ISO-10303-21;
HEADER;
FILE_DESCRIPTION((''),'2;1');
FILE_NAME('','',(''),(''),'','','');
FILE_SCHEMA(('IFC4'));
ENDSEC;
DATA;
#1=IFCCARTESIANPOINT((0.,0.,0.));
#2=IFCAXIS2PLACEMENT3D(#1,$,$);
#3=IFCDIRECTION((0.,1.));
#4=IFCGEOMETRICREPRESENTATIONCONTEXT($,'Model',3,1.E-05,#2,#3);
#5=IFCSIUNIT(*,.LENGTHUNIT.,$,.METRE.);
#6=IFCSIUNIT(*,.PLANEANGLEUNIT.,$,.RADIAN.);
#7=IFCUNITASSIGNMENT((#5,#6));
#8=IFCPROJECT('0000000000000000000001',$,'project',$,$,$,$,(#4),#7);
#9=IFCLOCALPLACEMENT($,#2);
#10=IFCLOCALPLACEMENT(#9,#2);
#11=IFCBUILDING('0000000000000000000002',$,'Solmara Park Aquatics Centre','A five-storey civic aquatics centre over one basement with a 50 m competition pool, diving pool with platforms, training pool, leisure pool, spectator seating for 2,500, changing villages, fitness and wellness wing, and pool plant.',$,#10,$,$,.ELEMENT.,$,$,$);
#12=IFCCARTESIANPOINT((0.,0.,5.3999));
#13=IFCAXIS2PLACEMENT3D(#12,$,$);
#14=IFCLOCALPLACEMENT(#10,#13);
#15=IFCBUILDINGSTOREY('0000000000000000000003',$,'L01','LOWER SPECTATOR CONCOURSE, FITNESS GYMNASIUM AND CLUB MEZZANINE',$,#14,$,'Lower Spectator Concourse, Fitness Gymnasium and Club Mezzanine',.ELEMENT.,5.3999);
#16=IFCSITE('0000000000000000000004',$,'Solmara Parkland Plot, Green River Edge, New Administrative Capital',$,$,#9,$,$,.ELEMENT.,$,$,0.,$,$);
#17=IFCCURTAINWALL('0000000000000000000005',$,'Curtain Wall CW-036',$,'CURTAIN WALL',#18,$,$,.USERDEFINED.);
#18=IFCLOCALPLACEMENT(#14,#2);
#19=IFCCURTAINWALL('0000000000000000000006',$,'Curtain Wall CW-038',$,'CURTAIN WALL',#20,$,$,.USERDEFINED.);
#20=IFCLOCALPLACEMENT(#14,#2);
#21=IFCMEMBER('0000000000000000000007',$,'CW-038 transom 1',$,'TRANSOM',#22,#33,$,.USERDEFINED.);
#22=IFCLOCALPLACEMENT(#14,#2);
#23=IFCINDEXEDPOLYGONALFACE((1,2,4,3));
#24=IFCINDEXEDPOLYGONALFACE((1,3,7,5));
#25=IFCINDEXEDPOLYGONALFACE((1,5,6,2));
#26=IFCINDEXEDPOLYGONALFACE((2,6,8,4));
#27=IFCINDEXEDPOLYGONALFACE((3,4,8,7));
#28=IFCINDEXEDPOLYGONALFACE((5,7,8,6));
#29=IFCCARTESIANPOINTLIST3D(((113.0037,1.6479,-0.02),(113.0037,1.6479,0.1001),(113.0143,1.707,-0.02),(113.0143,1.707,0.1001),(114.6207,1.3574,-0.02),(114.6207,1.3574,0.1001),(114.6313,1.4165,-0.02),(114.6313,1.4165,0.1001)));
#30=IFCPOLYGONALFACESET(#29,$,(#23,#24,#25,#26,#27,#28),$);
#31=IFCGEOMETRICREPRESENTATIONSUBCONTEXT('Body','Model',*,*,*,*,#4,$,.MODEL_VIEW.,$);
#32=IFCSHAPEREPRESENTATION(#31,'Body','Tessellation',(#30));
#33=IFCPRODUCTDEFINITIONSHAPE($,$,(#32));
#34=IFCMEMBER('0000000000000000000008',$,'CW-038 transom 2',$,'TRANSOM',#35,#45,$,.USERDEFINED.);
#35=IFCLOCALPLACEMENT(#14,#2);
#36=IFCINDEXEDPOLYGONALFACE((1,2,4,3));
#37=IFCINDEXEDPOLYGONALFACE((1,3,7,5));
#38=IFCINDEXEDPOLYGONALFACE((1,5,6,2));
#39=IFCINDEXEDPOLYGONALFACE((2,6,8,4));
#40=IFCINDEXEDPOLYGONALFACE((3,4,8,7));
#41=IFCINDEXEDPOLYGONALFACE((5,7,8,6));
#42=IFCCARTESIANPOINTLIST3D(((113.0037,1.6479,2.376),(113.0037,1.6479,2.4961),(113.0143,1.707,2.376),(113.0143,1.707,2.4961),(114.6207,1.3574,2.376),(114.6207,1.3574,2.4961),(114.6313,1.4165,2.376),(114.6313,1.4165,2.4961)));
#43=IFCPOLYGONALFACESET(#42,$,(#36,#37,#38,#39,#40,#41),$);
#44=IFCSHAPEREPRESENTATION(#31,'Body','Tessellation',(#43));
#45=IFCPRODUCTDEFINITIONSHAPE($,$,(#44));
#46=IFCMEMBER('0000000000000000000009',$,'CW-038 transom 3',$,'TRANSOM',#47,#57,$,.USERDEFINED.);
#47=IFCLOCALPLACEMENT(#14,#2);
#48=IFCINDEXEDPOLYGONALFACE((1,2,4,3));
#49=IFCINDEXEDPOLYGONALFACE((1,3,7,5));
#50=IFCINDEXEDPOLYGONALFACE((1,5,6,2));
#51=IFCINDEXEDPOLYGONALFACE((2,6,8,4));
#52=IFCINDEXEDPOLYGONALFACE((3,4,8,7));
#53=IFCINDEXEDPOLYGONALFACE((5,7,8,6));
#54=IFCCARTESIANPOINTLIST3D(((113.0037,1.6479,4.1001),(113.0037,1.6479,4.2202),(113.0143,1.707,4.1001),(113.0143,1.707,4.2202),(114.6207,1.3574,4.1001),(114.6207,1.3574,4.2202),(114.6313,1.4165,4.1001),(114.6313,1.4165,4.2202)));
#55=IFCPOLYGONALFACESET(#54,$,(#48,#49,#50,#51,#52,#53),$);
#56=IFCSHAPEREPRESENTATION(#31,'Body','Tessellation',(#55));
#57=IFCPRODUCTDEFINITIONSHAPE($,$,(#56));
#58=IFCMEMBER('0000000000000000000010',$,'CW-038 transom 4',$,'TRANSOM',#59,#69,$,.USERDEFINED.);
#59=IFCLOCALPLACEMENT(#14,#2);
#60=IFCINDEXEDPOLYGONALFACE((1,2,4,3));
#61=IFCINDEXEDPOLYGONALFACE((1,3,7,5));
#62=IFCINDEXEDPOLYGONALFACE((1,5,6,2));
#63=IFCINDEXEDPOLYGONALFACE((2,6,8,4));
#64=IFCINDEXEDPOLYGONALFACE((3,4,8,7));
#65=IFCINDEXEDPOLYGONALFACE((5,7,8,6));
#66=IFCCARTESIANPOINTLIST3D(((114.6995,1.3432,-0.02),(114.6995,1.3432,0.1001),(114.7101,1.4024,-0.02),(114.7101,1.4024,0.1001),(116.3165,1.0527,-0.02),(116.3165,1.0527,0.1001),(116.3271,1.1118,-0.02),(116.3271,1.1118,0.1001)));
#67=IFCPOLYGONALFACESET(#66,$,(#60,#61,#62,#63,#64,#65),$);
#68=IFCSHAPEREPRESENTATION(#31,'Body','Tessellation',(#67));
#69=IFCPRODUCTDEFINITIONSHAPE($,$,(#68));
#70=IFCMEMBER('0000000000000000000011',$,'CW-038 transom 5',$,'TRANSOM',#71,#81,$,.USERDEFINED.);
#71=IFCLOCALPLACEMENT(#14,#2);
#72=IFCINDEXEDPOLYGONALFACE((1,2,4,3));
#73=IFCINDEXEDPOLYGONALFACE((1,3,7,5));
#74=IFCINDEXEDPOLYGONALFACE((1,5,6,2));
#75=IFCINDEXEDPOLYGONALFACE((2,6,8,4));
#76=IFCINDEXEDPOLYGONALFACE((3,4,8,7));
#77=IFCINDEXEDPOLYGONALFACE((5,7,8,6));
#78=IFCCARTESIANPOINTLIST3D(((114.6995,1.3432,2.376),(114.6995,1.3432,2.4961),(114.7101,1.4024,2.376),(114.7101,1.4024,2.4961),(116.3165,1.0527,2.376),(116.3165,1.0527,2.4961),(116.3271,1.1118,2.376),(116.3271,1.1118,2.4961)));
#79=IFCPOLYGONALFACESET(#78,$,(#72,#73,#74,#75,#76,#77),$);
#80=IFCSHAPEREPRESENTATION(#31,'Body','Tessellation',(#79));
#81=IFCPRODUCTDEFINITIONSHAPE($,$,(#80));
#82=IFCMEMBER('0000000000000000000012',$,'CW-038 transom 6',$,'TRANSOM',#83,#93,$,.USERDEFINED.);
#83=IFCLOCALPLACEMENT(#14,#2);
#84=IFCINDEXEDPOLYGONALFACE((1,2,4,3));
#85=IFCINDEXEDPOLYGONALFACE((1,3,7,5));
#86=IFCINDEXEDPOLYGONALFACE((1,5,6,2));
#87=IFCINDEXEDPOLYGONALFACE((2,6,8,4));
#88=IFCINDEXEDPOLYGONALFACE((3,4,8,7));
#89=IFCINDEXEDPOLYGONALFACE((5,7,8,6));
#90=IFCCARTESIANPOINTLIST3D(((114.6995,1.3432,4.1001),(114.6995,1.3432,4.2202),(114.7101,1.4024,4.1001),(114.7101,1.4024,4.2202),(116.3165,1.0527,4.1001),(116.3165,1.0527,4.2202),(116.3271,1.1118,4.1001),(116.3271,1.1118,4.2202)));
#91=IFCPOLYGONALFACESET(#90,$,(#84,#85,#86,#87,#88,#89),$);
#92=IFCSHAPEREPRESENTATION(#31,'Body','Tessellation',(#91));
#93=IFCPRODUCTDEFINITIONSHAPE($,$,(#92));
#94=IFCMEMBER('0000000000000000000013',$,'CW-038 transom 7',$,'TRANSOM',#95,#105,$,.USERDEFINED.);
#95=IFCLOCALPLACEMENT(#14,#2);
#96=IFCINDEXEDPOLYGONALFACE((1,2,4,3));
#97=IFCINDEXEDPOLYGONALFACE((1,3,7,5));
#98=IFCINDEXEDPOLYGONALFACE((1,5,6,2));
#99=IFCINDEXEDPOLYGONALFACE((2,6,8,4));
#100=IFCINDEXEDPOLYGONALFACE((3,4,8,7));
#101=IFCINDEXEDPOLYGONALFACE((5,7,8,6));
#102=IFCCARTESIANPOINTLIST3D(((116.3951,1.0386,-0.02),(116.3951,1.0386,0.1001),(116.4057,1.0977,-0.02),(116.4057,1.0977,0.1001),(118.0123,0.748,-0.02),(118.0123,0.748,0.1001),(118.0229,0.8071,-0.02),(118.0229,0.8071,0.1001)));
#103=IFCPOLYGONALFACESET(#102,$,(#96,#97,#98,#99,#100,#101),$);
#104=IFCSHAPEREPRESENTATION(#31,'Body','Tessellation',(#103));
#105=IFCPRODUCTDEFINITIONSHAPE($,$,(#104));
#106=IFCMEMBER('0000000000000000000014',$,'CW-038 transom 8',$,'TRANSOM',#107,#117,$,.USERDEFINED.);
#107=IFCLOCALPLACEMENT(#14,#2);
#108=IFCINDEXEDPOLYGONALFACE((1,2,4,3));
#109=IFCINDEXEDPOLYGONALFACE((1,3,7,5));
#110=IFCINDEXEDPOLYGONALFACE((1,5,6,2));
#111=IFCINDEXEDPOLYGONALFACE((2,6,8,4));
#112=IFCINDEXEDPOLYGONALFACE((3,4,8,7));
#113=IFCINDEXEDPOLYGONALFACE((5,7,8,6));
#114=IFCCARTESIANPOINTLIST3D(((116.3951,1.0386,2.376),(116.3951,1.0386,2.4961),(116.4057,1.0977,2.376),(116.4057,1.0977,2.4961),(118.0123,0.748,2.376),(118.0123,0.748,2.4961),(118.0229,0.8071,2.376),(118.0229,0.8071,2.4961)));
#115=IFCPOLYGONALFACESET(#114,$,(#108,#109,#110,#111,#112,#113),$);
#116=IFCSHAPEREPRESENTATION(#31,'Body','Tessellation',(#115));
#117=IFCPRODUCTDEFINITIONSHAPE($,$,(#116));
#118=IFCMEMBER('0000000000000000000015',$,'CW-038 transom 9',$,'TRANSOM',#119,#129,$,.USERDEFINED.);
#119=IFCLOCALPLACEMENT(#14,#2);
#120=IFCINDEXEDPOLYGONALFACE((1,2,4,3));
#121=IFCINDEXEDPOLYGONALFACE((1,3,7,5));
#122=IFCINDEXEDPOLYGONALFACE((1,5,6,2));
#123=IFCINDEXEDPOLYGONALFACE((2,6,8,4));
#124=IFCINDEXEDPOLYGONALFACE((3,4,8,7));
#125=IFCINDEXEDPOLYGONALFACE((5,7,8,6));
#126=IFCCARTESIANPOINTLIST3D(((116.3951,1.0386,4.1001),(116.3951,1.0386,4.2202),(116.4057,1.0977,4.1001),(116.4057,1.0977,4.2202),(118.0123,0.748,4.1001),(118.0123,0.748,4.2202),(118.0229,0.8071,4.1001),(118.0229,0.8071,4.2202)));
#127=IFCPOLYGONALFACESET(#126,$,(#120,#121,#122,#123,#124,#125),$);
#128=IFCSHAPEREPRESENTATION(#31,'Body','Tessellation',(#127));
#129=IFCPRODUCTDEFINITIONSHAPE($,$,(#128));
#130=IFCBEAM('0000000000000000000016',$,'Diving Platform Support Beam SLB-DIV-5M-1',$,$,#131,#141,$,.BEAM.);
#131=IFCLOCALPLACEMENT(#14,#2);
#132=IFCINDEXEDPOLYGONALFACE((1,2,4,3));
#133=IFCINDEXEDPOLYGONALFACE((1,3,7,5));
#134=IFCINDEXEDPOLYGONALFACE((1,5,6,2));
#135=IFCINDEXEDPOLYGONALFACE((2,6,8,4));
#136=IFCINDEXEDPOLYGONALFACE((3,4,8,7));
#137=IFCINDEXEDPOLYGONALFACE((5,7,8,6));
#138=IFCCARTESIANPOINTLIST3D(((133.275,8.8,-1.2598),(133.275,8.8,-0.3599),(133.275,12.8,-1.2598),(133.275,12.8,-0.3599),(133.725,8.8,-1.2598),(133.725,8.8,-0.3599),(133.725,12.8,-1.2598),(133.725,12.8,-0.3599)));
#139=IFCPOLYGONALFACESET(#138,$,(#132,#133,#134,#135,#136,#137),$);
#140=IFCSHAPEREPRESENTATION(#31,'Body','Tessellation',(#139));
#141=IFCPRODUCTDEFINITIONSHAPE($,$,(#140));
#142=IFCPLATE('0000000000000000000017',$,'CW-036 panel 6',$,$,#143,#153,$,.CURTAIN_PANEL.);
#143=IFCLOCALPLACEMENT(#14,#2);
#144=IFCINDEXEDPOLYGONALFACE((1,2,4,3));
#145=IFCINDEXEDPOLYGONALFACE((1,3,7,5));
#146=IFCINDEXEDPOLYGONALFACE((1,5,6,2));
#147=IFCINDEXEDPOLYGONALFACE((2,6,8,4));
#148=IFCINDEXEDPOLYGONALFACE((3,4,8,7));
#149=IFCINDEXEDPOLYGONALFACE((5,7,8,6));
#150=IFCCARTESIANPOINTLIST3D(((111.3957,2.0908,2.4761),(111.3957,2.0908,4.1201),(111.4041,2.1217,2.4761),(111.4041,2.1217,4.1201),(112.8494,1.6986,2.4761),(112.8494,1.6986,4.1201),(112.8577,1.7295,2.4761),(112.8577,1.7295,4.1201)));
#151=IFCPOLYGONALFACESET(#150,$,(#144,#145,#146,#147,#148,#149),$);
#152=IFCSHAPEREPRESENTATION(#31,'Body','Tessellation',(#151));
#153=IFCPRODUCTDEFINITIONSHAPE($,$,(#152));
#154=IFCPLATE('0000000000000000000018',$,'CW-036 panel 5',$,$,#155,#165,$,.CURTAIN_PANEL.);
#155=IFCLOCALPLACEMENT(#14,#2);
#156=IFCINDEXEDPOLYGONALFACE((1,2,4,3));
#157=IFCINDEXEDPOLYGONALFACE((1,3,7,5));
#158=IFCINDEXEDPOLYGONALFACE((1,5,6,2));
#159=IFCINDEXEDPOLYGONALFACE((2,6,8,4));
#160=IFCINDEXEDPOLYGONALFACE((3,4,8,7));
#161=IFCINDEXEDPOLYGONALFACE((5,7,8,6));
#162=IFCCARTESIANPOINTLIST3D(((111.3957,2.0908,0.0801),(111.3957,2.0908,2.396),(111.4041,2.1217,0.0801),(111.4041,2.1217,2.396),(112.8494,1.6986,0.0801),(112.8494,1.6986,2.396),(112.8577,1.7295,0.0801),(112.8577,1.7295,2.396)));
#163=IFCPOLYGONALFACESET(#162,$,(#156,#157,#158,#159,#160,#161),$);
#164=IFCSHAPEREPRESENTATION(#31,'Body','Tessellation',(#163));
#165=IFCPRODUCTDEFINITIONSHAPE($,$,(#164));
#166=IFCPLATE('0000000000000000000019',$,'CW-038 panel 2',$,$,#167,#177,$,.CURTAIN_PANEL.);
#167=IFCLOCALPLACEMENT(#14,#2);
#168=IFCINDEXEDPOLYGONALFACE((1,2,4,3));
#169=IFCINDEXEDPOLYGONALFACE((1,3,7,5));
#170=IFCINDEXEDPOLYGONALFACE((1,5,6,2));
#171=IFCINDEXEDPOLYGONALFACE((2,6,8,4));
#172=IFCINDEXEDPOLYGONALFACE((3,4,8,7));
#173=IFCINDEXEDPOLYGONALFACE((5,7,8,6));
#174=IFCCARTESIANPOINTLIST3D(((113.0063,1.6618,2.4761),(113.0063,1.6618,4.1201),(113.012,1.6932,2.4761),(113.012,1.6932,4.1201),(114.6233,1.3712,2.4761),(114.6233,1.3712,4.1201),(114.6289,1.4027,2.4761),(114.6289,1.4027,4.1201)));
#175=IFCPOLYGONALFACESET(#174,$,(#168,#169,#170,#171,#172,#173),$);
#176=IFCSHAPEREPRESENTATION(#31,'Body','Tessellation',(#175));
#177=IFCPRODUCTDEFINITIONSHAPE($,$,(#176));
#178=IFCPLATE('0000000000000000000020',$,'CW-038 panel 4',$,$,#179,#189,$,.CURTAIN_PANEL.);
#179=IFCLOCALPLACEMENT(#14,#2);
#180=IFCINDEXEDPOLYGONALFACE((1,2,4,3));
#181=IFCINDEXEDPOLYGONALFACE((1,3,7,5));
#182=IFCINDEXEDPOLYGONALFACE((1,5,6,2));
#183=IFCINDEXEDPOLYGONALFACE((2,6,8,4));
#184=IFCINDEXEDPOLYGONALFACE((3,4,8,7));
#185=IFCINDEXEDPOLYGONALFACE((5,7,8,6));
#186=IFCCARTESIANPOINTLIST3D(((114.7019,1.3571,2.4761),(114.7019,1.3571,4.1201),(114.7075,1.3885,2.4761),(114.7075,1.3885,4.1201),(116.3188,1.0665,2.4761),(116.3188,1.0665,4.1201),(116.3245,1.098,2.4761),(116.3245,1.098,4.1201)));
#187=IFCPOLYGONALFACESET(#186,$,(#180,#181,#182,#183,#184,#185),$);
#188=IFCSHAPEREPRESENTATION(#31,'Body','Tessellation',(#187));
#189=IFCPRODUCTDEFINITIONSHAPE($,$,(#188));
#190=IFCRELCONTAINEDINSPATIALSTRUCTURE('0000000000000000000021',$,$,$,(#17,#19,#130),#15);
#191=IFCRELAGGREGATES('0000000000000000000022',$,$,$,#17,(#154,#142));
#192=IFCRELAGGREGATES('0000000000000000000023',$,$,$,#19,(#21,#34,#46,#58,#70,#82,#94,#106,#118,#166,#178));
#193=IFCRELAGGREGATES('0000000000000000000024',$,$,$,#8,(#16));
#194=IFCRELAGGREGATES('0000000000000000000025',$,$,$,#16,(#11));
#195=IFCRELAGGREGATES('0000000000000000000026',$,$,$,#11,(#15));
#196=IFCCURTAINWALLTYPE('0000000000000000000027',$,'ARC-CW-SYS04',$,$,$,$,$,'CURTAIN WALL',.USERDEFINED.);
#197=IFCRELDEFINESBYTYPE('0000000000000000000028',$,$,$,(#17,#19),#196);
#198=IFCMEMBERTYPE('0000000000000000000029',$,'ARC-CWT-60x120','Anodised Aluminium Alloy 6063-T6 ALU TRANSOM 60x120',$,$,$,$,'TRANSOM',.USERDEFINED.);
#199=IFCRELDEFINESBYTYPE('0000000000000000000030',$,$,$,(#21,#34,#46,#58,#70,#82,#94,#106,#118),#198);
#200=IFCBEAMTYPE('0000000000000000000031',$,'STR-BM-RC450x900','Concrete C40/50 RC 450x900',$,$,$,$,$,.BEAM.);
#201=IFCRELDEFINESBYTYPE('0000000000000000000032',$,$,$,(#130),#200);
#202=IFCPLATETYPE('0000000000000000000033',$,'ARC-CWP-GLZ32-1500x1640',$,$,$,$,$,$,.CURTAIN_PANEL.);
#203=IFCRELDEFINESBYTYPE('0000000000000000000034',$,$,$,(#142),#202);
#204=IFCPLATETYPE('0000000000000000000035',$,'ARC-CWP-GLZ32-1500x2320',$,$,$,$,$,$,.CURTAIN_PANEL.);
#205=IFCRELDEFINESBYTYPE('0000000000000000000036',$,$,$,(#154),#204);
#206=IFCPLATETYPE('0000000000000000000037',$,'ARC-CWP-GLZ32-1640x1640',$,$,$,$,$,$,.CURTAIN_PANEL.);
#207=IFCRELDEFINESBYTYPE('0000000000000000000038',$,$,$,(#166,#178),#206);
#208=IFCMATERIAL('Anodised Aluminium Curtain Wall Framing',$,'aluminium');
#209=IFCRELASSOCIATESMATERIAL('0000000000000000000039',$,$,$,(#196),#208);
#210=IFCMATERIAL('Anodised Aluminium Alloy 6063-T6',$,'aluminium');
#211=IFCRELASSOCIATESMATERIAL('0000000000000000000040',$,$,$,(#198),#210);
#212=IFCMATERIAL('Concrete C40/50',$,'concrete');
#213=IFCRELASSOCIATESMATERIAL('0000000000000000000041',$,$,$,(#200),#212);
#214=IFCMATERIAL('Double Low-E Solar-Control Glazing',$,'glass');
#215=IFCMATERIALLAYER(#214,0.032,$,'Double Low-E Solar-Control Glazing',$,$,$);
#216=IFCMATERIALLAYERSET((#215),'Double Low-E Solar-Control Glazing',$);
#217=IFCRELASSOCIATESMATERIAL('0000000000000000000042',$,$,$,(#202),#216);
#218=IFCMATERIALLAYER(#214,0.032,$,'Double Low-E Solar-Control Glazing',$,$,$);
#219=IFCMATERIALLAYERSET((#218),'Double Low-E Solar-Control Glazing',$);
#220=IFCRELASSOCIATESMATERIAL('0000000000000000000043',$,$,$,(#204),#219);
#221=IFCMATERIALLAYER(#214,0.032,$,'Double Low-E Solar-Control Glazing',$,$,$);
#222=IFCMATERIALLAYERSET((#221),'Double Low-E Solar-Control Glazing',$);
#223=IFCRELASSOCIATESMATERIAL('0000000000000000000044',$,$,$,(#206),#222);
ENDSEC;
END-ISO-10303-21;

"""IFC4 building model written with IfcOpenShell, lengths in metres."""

from ifc_helpers import new_model, si_unit, direction, frame, origin, origin_2d, place, context, subcontext, project, spatial, rectangle, extrude, material, layer, layer_set, material_profile, profile_set, type_object, element, aggregate, save


model = new_model("IFC4")

# Units and contexts
model_context = context("Model", 3, precision=1e-05, world=origin(), true_north=direction((0.0, 1.0)))
body_context = subcontext(model_context, "Body", "Model", "MODEL_VIEW")
ifc_project = project(units=[si_unit("LENGTHUNIT", "METRE"), si_unit("PLANEANGLEUNIT", "RADIAN")], contexts=[model_context])

# Site, building, storey
site_placement = place(None, origin())
site = spatial("IfcSite", under=ifc_project, at=site_placement, Name="Solmara Parkland Plot, Green River Edge, New Administrative Capital", CompositionType="ELEMENT", RefElevation=0.0)
building_placement = place(site_placement, origin())
building = spatial("IfcBuilding", under=site, at=building_placement, Name="Solmara Park Aquatics Centre", Description="A five-storey civic aquatics centre over one basement with a 50 m competition pool, diving pool with platforms, training pool, leisure pool, spectator seating for 2,500, changing villages, fitness and wellness wing, and pool plant.", CompositionType="ELEMENT")
storey_placement = place(building_placement, frame((0.0, 0.0, 5.3999)))
storey = spatial("IfcBuildingStorey", under=building, at=storey_placement, Name="L01", Description="LOWER SPECTATOR CONCOURSE, FITNESS GYMNASIUM AND CLUB MEZZANINE", LongName="Lower Spectator Concourse, Fitness Gymnasium and Club Mezzanine", CompositionType="ELEMENT", Elevation=5.3999)

# Shared definitions
ifc_material_1 = material(Name="Concrete C40/50", Category="concrete")

# Curtain walls
ifc_material_2 = material(Name="Anodised Aluminium Curtain Wall Framing", Category="aluminium")
curtain_wall_type = type_object("IfcCurtainWallType", Name="ARC-CW-SYS04", ElementType="CURTAIN WALL", PredefinedType="USERDEFINED", material=ifc_material_2)
curtain_wall_1_placement = place(storey_placement, origin())
curtain_wall_1 = element("IfcCurtainWall", 1, at=curtain_wall_1_placement, inside=storey, type_object=curtain_wall_type, Name="Curtain Wall CW-036", ObjectType="CURTAIN WALL", PredefinedType="USERDEFINED")
ifc_material_3 = material(Name="Anodised Aluminium Alloy 6063-T6", Category="aluminium")
curtain_wall_2_placement = place(storey_placement, origin())
curtain_wall_2 = element("IfcCurtainWall", 2, at=curtain_wall_2_placement, inside=storey, type_object=curtain_wall_type, Name="Curtain Wall CW-038", ObjectType="CURTAIN WALL", PredefinedType="USERDEFINED")

# Members
ifc_material_profile_1 = material_profile(ifc_material_3, rectangle(XDim=0.0601, YDim=0.1201, at=origin_2d()), Name="ALU TRANSOM 60x120")
ifc_profile_set_1 = profile_set([ifc_material_profile_1], Name="Anodised Aluminium Alloy 6063-T6")
member_type_1 = type_object("IfcMemberType", Name="ARC-CWT-60x120", Description="Anodised Aluminium Alloy 6063-T6 ALU TRANSOM 60x120", ElementType="TRANSOM", PredefinedType="USERDEFINED", material=ifc_profile_set_1)
member_1_placement = place(storey_placement, frame((113.009, 1.6775, 0.04), z_axis=(0.984239, -0.176845, 0.0), x_axis=(0.176845, 0.984239, 0.0)))
member_1 = element("IfcMember", 3, at=member_1_placement, type_object=member_type_1, Name="CW-038 transom 1", ObjectType="TRANSOM", PredefinedType="USERDEFINED", context=body_context, shape_type="SweptSolid", body=[
    extrude(rectangle(XDim=0.0601, YDim=0.1201, at=origin_2d()), origin(), (0.0, 0.0, 1.0), 1.6428),
])
member_2_placement = place(storey_placement, frame((113.009, 1.6775, 2.436), z_axis=(0.984239, -0.176845, 0.0), x_axis=(0.176845, 0.984239, 0.0)))
member_2 = element("IfcMember", 4, at=member_2_placement, type_object=member_type_1, Name="CW-038 transom 2", ObjectType="TRANSOM", PredefinedType="USERDEFINED", context=body_context, shape_type="SweptSolid", body=[
    extrude(rectangle(XDim=0.0601, YDim=0.1201, at=origin_2d()), origin(), (0.0, 0.0, 1.0), 1.6428),
])
member_3_placement = place(storey_placement, frame((113.009, 1.6775, 4.1602), z_axis=(0.984239, -0.176845, 0.0), x_axis=(0.176845, 0.984239, 0.0)))
member_3 = element("IfcMember", 5, at=member_3_placement, type_object=member_type_1, Name="CW-038 transom 3", ObjectType="TRANSOM", PredefinedType="USERDEFINED", context=body_context, shape_type="SweptSolid", body=[
    extrude(rectangle(XDim=0.0601, YDim=0.1201, at=origin_2d()), origin(), (0.0, 0.0, 1.0), 1.6428),
])
member_4_placement = place(storey_placement, frame((114.7048, 1.3728, 0.04), z_axis=(0.984239, -0.176845, 0.0), x_axis=(0.176845, 0.984239, 0.0)))
member_4 = element("IfcMember", 6, at=member_4_placement, type_object=member_type_1, Name="CW-038 transom 4", ObjectType="TRANSOM", PredefinedType="USERDEFINED", context=body_context, shape_type="SweptSolid", body=[
    extrude(rectangle(XDim=0.0601, YDim=0.1201, at=origin_2d()), origin(), (0.0, 0.0, 1.0), 1.6428),
])
member_5_placement = place(storey_placement, frame((114.7048, 1.3728, 2.436), z_axis=(0.984239, -0.176845, 0.0), x_axis=(0.176845, 0.984239, 0.0)))
member_5 = element("IfcMember", 7, at=member_5_placement, type_object=member_type_1, Name="CW-038 transom 5", ObjectType="TRANSOM", PredefinedType="USERDEFINED", context=body_context, shape_type="SweptSolid", body=[
    extrude(rectangle(XDim=0.0601, YDim=0.1201, at=origin_2d()), origin(), (0.0, 0.0, 1.0), 1.6428),
])
member_6_placement = place(storey_placement, frame((114.7048, 1.3728, 4.1602), z_axis=(0.984239, -0.176845, 0.0), x_axis=(0.176845, 0.984239, 0.0)))
member_6 = element("IfcMember", 8, at=member_6_placement, type_object=member_type_1, Name="CW-038 transom 6", ObjectType="TRANSOM", PredefinedType="USERDEFINED", context=body_context, shape_type="SweptSolid", body=[
    extrude(rectangle(XDim=0.0601, YDim=0.1201, at=origin_2d()), origin(), (0.0, 0.0, 1.0), 1.6428),
])
member_7_placement = place(storey_placement, frame((116.4004, 1.0681, 0.04), z_axis=(0.984243, -0.176819, 0.0), x_axis=(0.176819, 0.984243, 0.0)))
member_7 = element("IfcMember", 9, at=member_7_placement, type_object=member_type_1, Name="CW-038 transom 7", ObjectType="TRANSOM", PredefinedType="USERDEFINED", context=body_context, shape_type="SweptSolid", body=[
    extrude(rectangle(XDim=0.0601, YDim=0.1201, at=origin_2d()), origin(), (0.0, 0.0, 1.0), 1.6431),
])
member_8_placement = place(storey_placement, frame((116.4004, 1.0681, 2.436), z_axis=(0.984243, -0.176819, 0.0), x_axis=(0.176819, 0.984243, 0.0)))
member_8 = element("IfcMember", 10, at=member_8_placement, type_object=member_type_1, Name="CW-038 transom 8", ObjectType="TRANSOM", PredefinedType="USERDEFINED", context=body_context, shape_type="SweptSolid", body=[
    extrude(rectangle(XDim=0.0601, YDim=0.1201, at=origin_2d()), origin(), (0.0, 0.0, 1.0), 1.6431),
])
member_9_placement = place(storey_placement, frame((116.4004, 1.0681, 4.1602), z_axis=(0.984243, -0.176819, 0.0), x_axis=(0.176819, 0.984243, 0.0)))
member_9 = element("IfcMember", 11, at=member_9_placement, type_object=member_type_1, Name="CW-038 transom 9", ObjectType="TRANSOM", PredefinedType="USERDEFINED", context=body_context, shape_type="SweptSolid", body=[
    extrude(rectangle(XDim=0.0601, YDim=0.1201, at=origin_2d()), origin(), (0.0, 0.0, 1.0), 1.6431),
])

# Beam
ifc_material_profile_2 = material_profile(ifc_material_1, rectangle(XDim=0.45, YDim=0.8999, at=origin_2d()), Name="RC 450x900")
ifc_profile_set_2 = profile_set([ifc_material_profile_2], Name="Concrete C40/50")
beam_type = type_object("IfcBeamType", Name="STR-BM-RC450x900", Description="Concrete C40/50 RC 450x900", PredefinedType="BEAM", material=ifc_profile_set_2)
beam_placement = place(storey_placement, frame((133.5, 8.8, -0.8098), z_axis=(0.0, 1.0, 0.0), x_axis=(-1.0, 0.0, 0.0)))
element("IfcBeam", 12, at=beam_placement, inside=storey, type_object=beam_type, Name="Diving Platform Support Beam SLB-DIV-5M-1", PredefinedType="BEAM", context=body_context, shape_type="SweptSolid", body=[
    extrude(rectangle(XDim=0.45, YDim=0.8999, at=origin_2d()), origin(), (0.0, 0.0, 1.0), 4.0),
])

# Plates
ifc_material_4 = material(Name="Double Low-E Solar-Control Glazing", Category="glass")
ifc_layer_1 = layer(ifc_material_4, 0.032, Name="Double Low-E Solar-Control Glazing")
ifc_layer_set_1 = layer_set([ifc_layer_1], Name="Double Low-E Solar-Control Glazing")
plate_type_1 = type_object("IfcPlateType", Name="ARC-CWP-GLZ32-1500x1640", PredefinedType="CURTAIN_PANEL", material=ifc_layer_set_1)
plate_1_placement = place(storey_placement, frame((112.1267, 1.9102, 2.4761), z_axis=(0.0, 0.0, 1.0), x_axis=(0.96548, -0.260476, 0.0)))
plate_1 = element("IfcPlate", 13, at=plate_1_placement, type_object=plate_type_1, Name="CW-036 panel 6", PredefinedType="CURTAIN_PANEL", context=body_context, shape_type="SweptSolid", body=[
    extrude(rectangle(XDim=1.5056, YDim=0.032, at=origin_2d()), origin(), (0.0, 0.0, 1.0), 1.644),
])
ifc_layer_2 = layer(ifc_material_4, 0.032, Name="Double Low-E Solar-Control Glazing")
ifc_layer_set_2 = layer_set([ifc_layer_2], Name="Double Low-E Solar-Control Glazing")
plate_type_2 = type_object("IfcPlateType", Name="ARC-CWP-GLZ32-1500x2320", PredefinedType="CURTAIN_PANEL", material=ifc_layer_set_2)
plate_2_placement = place(storey_placement, frame((112.1267, 1.9102, 0.0801), z_axis=(0.0, 0.0, 1.0), x_axis=(0.96548, -0.260476, 0.0)))
plate_2 = element("IfcPlate", 14, at=plate_2_placement, type_object=plate_type_2, Name="CW-036 panel 5", PredefinedType="CURTAIN_PANEL", context=body_context, shape_type="SweptSolid", body=[
    extrude(rectangle(XDim=1.5056, YDim=0.032, at=origin_2d()), origin(), (0.0, 0.0, 1.0), 2.3159),
])
aggregate(curtain_wall_1, [plate_2, plate_1])
ifc_layer_3 = layer(ifc_material_4, 0.032, Name="Double Low-E Solar-Control Glazing")
ifc_layer_set_3 = layer_set([ifc_layer_3], Name="Double Low-E Solar-Control Glazing")
plate_type_3 = type_object("IfcPlateType", Name="ARC-CWP-GLZ32-1640x1640", PredefinedType="CURTAIN_PANEL", material=ifc_layer_set_3)
plate_3_placement = place(storey_placement, frame((113.8176, 1.5322, 2.4761), z_axis=(0.0, 0.0, 1.0), x_axis=(0.984239, -0.176846, 0.0)))
plate_3 = element("IfcPlate", 15, at=plate_3_placement, type_object=plate_type_3, Name="CW-038 panel 2", PredefinedType="CURTAIN_PANEL", context=body_context, shape_type="SweptSolid", body=[
    extrude(rectangle(XDim=1.6428, YDim=0.032, at=origin_2d()), origin(), (0.0, 0.0, 1.0), 1.644),
])
plate_4_placement = place(storey_placement, frame((115.5132, 1.2275, 2.4761), z_axis=(0.0, 0.0, 1.0), x_axis=(0.984239, -0.176846, 0.0)))
plate_4 = element("IfcPlate", 16, at=plate_4_placement, type_object=plate_type_3, Name="CW-038 panel 4", PredefinedType="CURTAIN_PANEL", context=body_context, shape_type="SweptSolid", body=[
    extrude(rectangle(XDim=1.6428, YDim=0.032, at=origin_2d()), origin(), (0.0, 0.0, 1.0), 1.644),
])
aggregate(curtain_wall_2, [member_1, member_2, member_3, member_4, member_5, member_6, member_7, member_8, member_9, plate_3, plate_4])

save(model, "model.ifc")
